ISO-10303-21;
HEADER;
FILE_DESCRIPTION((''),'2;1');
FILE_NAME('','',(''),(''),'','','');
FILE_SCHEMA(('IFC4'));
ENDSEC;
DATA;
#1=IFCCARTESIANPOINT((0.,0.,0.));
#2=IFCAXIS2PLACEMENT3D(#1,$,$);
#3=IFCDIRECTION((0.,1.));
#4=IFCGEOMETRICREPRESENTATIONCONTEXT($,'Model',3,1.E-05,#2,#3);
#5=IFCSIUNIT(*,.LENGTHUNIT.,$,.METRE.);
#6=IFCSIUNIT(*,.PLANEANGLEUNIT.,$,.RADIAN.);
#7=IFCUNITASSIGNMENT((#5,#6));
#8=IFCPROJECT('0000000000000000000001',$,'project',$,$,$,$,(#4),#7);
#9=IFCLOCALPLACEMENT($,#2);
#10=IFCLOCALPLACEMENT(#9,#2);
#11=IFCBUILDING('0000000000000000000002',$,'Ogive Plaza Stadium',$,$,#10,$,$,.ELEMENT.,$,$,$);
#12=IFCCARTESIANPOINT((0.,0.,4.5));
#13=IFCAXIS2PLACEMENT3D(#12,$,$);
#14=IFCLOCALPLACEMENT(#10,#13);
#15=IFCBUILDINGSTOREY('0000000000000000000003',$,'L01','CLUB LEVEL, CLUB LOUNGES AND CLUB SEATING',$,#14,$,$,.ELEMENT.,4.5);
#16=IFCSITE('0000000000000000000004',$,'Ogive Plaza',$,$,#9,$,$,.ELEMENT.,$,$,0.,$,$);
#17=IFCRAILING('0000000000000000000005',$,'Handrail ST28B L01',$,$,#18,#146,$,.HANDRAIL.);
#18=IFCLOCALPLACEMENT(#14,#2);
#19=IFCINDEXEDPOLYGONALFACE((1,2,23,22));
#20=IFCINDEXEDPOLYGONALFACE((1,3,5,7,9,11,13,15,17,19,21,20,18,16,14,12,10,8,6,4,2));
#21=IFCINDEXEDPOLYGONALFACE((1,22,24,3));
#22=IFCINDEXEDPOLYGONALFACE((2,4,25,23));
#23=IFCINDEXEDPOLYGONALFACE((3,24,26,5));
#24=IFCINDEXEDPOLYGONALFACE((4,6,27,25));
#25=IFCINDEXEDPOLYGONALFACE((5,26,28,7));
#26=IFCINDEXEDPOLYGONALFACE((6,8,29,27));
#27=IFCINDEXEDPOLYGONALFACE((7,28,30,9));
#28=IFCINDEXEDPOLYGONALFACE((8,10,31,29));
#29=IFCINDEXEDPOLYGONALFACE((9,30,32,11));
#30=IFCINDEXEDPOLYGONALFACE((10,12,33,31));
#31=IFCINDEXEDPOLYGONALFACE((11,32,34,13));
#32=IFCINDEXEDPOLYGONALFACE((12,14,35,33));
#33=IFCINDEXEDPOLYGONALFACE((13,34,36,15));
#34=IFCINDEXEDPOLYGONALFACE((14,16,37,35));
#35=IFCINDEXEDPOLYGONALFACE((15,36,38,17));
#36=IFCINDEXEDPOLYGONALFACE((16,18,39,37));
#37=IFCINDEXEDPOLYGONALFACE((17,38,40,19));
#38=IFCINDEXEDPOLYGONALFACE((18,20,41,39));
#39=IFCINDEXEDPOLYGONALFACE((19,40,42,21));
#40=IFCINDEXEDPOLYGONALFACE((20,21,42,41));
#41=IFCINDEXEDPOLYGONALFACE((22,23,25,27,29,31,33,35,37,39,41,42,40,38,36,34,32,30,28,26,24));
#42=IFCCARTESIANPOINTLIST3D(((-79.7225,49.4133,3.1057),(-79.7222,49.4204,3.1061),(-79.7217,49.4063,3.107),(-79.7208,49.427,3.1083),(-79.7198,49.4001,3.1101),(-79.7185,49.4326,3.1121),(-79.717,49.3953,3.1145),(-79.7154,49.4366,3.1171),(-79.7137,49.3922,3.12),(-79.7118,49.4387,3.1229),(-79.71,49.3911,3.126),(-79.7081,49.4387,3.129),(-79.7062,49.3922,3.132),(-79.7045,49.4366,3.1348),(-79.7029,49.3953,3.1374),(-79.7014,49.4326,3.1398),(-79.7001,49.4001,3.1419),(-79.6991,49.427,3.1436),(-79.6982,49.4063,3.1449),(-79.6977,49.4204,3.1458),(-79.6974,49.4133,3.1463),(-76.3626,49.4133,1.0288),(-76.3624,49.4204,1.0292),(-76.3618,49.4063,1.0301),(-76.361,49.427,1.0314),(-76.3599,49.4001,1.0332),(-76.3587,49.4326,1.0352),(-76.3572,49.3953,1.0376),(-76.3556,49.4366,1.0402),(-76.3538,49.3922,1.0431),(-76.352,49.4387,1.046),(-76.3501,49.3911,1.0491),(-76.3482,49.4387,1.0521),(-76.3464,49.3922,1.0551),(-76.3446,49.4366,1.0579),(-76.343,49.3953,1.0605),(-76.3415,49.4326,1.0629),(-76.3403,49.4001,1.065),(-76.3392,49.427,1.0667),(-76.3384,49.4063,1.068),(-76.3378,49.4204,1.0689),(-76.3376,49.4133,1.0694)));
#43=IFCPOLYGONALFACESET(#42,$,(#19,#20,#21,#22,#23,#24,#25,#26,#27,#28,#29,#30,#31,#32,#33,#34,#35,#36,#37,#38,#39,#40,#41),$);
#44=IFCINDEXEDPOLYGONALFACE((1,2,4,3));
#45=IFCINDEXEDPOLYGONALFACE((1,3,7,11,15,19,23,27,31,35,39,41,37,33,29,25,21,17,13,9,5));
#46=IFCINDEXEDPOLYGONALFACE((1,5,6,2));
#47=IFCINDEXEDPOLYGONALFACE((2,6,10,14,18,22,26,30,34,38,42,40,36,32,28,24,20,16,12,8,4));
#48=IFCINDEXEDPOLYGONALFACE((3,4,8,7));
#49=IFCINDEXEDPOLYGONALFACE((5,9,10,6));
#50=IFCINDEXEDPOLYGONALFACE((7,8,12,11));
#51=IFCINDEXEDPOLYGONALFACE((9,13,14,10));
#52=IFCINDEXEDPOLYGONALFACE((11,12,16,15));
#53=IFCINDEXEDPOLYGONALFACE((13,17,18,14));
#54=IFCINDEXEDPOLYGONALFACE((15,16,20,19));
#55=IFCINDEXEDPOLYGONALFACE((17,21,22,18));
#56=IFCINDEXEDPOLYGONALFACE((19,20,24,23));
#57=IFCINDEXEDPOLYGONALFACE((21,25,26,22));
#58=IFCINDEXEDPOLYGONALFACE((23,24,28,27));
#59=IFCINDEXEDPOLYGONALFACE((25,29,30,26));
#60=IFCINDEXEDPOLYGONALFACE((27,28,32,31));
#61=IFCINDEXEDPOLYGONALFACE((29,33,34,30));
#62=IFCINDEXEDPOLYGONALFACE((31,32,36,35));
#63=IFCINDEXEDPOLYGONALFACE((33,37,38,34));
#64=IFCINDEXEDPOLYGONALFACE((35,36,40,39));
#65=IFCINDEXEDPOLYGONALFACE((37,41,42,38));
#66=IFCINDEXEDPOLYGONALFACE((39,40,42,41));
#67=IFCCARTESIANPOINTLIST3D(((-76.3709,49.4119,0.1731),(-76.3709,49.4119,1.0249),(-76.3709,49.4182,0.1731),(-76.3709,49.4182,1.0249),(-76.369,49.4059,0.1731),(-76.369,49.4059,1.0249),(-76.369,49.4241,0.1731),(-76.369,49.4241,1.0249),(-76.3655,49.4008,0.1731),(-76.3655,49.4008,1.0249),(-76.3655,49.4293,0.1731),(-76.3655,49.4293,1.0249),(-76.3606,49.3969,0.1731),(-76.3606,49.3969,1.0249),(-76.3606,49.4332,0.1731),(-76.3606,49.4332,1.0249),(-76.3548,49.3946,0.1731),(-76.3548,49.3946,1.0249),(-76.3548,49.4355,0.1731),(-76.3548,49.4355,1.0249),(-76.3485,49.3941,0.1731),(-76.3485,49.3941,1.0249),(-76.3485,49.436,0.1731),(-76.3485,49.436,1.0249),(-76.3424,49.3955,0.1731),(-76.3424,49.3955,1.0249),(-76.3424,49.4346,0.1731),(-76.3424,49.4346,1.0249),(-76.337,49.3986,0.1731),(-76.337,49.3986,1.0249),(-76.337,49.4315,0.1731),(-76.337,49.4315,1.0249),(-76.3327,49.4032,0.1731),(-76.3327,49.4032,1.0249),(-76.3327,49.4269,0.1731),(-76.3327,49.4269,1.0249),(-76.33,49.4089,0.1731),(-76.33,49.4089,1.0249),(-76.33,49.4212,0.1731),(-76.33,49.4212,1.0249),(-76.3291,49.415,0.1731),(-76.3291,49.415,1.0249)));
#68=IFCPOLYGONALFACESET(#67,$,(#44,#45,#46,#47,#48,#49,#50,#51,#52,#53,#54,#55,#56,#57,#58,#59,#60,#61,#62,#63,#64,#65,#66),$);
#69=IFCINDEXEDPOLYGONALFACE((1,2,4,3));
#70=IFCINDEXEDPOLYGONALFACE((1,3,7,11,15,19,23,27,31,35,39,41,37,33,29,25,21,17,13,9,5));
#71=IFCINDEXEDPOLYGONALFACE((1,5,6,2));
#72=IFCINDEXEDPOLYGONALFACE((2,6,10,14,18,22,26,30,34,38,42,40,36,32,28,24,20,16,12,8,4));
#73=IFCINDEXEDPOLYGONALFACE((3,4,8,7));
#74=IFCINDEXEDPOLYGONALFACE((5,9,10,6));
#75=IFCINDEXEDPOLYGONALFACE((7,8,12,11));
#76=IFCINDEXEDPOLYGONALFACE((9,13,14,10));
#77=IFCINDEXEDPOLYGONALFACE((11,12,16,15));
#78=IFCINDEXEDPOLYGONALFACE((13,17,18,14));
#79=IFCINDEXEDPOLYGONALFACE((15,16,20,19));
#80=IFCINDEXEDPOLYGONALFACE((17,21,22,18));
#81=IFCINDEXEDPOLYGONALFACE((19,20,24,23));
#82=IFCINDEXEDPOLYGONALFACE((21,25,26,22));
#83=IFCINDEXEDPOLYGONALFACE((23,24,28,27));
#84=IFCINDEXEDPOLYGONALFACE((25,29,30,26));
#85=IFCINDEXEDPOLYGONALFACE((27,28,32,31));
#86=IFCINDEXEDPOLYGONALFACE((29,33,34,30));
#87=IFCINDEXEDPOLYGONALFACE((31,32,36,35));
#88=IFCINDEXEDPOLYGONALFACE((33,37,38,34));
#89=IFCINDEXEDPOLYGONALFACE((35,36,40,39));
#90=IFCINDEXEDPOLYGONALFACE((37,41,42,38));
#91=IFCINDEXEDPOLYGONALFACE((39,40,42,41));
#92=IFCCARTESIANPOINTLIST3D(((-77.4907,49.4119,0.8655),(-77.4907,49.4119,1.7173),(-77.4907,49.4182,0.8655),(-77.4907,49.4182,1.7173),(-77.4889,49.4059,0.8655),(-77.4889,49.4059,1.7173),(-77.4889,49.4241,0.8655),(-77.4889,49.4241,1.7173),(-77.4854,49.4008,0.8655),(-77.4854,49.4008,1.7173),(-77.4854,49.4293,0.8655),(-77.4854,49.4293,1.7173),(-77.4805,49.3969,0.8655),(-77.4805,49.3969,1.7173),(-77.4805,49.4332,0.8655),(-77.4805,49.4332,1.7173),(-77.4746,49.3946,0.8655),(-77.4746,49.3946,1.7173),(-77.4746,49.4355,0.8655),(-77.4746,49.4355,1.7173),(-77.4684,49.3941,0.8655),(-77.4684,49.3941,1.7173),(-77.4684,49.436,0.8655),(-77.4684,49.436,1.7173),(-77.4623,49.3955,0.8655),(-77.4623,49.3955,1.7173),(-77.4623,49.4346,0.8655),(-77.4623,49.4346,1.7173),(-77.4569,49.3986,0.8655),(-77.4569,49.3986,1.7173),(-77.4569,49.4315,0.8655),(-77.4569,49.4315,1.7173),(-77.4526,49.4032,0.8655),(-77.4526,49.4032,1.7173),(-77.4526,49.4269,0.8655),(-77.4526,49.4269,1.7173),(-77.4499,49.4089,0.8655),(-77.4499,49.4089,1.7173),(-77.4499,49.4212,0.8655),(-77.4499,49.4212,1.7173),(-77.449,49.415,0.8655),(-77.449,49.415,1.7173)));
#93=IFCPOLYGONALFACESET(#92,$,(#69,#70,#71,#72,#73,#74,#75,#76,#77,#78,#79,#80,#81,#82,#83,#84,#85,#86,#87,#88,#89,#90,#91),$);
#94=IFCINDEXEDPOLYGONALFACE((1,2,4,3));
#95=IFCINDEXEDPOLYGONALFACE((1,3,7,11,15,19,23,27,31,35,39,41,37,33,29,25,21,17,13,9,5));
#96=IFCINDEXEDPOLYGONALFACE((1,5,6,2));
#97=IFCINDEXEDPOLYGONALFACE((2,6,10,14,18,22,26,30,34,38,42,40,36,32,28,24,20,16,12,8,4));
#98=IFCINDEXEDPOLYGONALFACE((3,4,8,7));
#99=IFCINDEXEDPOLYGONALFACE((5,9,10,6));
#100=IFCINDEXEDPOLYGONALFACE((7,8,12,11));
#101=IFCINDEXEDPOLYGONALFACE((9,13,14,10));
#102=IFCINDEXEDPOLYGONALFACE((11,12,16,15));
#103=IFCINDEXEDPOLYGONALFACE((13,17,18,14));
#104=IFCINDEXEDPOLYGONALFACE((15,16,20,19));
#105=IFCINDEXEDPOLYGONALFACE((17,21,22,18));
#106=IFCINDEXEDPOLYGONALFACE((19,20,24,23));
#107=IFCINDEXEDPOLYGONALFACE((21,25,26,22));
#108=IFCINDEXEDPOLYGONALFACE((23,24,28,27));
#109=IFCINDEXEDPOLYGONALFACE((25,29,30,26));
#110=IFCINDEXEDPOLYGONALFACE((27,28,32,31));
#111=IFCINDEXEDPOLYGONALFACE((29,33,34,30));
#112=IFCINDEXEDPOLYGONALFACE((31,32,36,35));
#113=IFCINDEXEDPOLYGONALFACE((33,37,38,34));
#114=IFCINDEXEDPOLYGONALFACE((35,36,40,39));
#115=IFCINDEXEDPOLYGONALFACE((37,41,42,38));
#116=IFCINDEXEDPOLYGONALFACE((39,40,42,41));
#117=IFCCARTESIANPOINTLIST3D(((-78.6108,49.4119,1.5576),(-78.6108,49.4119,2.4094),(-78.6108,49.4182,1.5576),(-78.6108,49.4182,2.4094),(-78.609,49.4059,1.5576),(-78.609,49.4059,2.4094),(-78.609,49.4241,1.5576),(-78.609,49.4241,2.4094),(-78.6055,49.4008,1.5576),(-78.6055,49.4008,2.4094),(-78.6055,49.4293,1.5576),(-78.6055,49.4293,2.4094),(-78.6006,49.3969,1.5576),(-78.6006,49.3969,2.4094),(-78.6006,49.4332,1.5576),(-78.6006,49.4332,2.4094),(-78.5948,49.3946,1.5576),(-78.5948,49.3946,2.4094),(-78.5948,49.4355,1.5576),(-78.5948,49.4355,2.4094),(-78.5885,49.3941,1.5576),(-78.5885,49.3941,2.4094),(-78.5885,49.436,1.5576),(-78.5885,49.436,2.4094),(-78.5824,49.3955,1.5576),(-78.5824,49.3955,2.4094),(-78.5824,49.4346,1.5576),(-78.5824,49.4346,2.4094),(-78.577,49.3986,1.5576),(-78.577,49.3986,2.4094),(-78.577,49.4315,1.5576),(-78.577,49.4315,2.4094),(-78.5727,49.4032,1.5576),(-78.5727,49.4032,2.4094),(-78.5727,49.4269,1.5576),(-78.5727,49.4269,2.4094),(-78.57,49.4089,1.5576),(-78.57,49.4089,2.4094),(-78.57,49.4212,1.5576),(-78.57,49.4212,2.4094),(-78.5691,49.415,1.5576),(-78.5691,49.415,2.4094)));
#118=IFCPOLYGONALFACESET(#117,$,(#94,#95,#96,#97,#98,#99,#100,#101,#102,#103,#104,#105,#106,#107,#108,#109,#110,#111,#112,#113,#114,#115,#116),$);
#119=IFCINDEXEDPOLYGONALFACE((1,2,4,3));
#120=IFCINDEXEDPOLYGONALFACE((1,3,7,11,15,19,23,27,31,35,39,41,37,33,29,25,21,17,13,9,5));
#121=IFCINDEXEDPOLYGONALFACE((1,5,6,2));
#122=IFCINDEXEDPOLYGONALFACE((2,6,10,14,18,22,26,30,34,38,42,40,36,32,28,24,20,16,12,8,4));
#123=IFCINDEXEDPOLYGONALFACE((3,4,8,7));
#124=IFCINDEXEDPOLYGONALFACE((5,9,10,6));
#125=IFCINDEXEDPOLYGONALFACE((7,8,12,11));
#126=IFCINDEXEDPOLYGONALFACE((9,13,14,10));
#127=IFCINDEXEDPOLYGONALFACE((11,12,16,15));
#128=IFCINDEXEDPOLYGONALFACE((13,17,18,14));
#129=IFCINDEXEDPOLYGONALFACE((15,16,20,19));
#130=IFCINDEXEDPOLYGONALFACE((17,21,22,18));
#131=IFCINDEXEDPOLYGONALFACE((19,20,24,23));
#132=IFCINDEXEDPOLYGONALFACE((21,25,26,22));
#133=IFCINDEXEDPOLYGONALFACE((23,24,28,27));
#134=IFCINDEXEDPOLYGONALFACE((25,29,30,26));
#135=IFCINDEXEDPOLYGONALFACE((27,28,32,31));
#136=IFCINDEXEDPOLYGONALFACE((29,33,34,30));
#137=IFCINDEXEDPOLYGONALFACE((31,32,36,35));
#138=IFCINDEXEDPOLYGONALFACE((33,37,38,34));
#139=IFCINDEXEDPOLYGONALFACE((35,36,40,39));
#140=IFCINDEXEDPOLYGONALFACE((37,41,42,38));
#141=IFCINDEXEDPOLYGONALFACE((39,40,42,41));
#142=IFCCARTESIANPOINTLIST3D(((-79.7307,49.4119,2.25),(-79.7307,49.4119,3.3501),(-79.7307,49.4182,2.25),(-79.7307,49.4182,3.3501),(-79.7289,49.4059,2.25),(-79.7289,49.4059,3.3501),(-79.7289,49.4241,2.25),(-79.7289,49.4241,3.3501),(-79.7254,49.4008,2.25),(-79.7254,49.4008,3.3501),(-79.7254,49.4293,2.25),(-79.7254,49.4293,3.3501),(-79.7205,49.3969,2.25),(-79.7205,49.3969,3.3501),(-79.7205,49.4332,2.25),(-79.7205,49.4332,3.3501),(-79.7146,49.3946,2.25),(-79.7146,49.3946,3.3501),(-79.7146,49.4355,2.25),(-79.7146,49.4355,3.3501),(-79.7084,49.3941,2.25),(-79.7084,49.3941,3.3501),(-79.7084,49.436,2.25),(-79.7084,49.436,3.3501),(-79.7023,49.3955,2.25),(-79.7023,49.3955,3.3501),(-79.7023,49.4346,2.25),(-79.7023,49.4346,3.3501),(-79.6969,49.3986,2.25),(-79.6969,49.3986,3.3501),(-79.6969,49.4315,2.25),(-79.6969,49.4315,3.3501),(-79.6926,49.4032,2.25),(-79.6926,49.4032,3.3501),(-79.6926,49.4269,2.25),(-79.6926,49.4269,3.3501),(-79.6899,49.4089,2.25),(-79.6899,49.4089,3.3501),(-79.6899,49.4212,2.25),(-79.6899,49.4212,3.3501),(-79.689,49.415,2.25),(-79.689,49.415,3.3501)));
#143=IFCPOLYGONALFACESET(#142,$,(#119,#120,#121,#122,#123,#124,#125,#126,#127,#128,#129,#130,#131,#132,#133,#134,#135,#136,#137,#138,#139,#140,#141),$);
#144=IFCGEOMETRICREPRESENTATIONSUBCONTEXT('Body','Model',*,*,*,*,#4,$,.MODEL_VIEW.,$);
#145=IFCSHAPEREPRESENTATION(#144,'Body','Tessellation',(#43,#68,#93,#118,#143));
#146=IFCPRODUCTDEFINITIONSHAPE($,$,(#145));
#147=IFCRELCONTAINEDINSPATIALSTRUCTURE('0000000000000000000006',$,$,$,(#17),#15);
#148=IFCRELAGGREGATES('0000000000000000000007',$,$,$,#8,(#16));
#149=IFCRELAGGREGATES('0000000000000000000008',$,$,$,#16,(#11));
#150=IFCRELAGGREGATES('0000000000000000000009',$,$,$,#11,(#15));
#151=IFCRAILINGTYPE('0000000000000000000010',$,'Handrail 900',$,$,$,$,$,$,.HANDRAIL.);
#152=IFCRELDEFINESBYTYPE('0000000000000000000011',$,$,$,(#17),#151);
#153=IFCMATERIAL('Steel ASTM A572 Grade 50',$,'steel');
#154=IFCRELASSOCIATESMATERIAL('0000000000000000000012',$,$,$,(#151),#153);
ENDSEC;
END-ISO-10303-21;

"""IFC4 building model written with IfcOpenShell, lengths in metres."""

from ifc_helpers import new_model, si_unit, direction, frame, origin, origin_2d, place, context, subcontext, project, spatial, circle, extrude, material, type_object, element, save


model = new_model("IFC4")

# Units and contexts
model_context = context("Model", 3, precision=1e-05, world=origin(), true_north=direction((0.0, 1.0)))
body_context = subcontext(model_context, "Body", "Model", "MODEL_VIEW")
ifc_project = project(units=[si_unit("LENGTHUNIT", "METRE"), si_unit("PLANEANGLEUNIT", "RADIAN")], contexts=[model_context])

# Site, building, storey
site_placement = place(None, origin())
site = spatial("IfcSite", under=ifc_project, at=site_placement, Name="Ogive Plaza", CompositionType="ELEMENT", RefElevation=0.0)
building_placement = place(site_placement, origin())
building = spatial("IfcBuilding", under=site, at=building_placement, Name="Ogive Plaza Stadium", CompositionType="ELEMENT")
storey_placement = place(building_placement, frame((0.0, 0.0, 4.5)))
storey = spatial("IfcBuildingStorey", under=building, at=storey_placement, Name="L01", Description="CLUB LEVEL, CLUB LOUNGES AND CLUB SEATING", CompositionType="ELEMENT", Elevation=4.5)

# Railing
ifc_material_1 = material(Name="Steel ASTM A572 Grade 50", Category="steel")
railing_type_1 = type_object("IfcRailingType", Name="Handrail 900", PredefinedType="HANDRAIL", material=ifc_material_1)
for number, where, name in (
    (1, (-76.3501, 49.415, 0.1731), "Handrail ST28B L01"),
):
    element("IfcRailing", number, at=place(storey_placement, frame(where)), inside=storey, type_object=railing_type_1, Name=name, PredefinedType="HANDRAIL", context=body_context, shape_type="SweptSolid", body=[
        extrude(circle(Radius=0.0239, at=origin_2d()), frame((0.0, 0.0, 0.876), z_axis=(-0.850606, 0.0, 0.525803), x_axis=(0.0, -1.0, 0.0)), (0.0, 0.0, 1.0), 3.95),
        extrude(circle(Radius=0.021, at=origin_2d()), origin(), (0.0, 0.0, 1.0), 0.8518),
        extrude(circle(Radius=0.021, at=origin_2d()), frame((-1.1199, 0.0, 0.6924)), (0.0, 0.0, 1.0), 0.8518),
        extrude(circle(Radius=0.021, at=origin_2d()), frame((-2.24, 0.0, 1.3845)), (0.0, 0.0, 1.0), 0.8518),
        extrude(circle(Radius=0.021, at=origin_2d()), frame((-3.3599, 0.0, 2.0769)), (0.0, 0.0, 1.0), 1.1001),
    ])

save(model, "model.ifc")
